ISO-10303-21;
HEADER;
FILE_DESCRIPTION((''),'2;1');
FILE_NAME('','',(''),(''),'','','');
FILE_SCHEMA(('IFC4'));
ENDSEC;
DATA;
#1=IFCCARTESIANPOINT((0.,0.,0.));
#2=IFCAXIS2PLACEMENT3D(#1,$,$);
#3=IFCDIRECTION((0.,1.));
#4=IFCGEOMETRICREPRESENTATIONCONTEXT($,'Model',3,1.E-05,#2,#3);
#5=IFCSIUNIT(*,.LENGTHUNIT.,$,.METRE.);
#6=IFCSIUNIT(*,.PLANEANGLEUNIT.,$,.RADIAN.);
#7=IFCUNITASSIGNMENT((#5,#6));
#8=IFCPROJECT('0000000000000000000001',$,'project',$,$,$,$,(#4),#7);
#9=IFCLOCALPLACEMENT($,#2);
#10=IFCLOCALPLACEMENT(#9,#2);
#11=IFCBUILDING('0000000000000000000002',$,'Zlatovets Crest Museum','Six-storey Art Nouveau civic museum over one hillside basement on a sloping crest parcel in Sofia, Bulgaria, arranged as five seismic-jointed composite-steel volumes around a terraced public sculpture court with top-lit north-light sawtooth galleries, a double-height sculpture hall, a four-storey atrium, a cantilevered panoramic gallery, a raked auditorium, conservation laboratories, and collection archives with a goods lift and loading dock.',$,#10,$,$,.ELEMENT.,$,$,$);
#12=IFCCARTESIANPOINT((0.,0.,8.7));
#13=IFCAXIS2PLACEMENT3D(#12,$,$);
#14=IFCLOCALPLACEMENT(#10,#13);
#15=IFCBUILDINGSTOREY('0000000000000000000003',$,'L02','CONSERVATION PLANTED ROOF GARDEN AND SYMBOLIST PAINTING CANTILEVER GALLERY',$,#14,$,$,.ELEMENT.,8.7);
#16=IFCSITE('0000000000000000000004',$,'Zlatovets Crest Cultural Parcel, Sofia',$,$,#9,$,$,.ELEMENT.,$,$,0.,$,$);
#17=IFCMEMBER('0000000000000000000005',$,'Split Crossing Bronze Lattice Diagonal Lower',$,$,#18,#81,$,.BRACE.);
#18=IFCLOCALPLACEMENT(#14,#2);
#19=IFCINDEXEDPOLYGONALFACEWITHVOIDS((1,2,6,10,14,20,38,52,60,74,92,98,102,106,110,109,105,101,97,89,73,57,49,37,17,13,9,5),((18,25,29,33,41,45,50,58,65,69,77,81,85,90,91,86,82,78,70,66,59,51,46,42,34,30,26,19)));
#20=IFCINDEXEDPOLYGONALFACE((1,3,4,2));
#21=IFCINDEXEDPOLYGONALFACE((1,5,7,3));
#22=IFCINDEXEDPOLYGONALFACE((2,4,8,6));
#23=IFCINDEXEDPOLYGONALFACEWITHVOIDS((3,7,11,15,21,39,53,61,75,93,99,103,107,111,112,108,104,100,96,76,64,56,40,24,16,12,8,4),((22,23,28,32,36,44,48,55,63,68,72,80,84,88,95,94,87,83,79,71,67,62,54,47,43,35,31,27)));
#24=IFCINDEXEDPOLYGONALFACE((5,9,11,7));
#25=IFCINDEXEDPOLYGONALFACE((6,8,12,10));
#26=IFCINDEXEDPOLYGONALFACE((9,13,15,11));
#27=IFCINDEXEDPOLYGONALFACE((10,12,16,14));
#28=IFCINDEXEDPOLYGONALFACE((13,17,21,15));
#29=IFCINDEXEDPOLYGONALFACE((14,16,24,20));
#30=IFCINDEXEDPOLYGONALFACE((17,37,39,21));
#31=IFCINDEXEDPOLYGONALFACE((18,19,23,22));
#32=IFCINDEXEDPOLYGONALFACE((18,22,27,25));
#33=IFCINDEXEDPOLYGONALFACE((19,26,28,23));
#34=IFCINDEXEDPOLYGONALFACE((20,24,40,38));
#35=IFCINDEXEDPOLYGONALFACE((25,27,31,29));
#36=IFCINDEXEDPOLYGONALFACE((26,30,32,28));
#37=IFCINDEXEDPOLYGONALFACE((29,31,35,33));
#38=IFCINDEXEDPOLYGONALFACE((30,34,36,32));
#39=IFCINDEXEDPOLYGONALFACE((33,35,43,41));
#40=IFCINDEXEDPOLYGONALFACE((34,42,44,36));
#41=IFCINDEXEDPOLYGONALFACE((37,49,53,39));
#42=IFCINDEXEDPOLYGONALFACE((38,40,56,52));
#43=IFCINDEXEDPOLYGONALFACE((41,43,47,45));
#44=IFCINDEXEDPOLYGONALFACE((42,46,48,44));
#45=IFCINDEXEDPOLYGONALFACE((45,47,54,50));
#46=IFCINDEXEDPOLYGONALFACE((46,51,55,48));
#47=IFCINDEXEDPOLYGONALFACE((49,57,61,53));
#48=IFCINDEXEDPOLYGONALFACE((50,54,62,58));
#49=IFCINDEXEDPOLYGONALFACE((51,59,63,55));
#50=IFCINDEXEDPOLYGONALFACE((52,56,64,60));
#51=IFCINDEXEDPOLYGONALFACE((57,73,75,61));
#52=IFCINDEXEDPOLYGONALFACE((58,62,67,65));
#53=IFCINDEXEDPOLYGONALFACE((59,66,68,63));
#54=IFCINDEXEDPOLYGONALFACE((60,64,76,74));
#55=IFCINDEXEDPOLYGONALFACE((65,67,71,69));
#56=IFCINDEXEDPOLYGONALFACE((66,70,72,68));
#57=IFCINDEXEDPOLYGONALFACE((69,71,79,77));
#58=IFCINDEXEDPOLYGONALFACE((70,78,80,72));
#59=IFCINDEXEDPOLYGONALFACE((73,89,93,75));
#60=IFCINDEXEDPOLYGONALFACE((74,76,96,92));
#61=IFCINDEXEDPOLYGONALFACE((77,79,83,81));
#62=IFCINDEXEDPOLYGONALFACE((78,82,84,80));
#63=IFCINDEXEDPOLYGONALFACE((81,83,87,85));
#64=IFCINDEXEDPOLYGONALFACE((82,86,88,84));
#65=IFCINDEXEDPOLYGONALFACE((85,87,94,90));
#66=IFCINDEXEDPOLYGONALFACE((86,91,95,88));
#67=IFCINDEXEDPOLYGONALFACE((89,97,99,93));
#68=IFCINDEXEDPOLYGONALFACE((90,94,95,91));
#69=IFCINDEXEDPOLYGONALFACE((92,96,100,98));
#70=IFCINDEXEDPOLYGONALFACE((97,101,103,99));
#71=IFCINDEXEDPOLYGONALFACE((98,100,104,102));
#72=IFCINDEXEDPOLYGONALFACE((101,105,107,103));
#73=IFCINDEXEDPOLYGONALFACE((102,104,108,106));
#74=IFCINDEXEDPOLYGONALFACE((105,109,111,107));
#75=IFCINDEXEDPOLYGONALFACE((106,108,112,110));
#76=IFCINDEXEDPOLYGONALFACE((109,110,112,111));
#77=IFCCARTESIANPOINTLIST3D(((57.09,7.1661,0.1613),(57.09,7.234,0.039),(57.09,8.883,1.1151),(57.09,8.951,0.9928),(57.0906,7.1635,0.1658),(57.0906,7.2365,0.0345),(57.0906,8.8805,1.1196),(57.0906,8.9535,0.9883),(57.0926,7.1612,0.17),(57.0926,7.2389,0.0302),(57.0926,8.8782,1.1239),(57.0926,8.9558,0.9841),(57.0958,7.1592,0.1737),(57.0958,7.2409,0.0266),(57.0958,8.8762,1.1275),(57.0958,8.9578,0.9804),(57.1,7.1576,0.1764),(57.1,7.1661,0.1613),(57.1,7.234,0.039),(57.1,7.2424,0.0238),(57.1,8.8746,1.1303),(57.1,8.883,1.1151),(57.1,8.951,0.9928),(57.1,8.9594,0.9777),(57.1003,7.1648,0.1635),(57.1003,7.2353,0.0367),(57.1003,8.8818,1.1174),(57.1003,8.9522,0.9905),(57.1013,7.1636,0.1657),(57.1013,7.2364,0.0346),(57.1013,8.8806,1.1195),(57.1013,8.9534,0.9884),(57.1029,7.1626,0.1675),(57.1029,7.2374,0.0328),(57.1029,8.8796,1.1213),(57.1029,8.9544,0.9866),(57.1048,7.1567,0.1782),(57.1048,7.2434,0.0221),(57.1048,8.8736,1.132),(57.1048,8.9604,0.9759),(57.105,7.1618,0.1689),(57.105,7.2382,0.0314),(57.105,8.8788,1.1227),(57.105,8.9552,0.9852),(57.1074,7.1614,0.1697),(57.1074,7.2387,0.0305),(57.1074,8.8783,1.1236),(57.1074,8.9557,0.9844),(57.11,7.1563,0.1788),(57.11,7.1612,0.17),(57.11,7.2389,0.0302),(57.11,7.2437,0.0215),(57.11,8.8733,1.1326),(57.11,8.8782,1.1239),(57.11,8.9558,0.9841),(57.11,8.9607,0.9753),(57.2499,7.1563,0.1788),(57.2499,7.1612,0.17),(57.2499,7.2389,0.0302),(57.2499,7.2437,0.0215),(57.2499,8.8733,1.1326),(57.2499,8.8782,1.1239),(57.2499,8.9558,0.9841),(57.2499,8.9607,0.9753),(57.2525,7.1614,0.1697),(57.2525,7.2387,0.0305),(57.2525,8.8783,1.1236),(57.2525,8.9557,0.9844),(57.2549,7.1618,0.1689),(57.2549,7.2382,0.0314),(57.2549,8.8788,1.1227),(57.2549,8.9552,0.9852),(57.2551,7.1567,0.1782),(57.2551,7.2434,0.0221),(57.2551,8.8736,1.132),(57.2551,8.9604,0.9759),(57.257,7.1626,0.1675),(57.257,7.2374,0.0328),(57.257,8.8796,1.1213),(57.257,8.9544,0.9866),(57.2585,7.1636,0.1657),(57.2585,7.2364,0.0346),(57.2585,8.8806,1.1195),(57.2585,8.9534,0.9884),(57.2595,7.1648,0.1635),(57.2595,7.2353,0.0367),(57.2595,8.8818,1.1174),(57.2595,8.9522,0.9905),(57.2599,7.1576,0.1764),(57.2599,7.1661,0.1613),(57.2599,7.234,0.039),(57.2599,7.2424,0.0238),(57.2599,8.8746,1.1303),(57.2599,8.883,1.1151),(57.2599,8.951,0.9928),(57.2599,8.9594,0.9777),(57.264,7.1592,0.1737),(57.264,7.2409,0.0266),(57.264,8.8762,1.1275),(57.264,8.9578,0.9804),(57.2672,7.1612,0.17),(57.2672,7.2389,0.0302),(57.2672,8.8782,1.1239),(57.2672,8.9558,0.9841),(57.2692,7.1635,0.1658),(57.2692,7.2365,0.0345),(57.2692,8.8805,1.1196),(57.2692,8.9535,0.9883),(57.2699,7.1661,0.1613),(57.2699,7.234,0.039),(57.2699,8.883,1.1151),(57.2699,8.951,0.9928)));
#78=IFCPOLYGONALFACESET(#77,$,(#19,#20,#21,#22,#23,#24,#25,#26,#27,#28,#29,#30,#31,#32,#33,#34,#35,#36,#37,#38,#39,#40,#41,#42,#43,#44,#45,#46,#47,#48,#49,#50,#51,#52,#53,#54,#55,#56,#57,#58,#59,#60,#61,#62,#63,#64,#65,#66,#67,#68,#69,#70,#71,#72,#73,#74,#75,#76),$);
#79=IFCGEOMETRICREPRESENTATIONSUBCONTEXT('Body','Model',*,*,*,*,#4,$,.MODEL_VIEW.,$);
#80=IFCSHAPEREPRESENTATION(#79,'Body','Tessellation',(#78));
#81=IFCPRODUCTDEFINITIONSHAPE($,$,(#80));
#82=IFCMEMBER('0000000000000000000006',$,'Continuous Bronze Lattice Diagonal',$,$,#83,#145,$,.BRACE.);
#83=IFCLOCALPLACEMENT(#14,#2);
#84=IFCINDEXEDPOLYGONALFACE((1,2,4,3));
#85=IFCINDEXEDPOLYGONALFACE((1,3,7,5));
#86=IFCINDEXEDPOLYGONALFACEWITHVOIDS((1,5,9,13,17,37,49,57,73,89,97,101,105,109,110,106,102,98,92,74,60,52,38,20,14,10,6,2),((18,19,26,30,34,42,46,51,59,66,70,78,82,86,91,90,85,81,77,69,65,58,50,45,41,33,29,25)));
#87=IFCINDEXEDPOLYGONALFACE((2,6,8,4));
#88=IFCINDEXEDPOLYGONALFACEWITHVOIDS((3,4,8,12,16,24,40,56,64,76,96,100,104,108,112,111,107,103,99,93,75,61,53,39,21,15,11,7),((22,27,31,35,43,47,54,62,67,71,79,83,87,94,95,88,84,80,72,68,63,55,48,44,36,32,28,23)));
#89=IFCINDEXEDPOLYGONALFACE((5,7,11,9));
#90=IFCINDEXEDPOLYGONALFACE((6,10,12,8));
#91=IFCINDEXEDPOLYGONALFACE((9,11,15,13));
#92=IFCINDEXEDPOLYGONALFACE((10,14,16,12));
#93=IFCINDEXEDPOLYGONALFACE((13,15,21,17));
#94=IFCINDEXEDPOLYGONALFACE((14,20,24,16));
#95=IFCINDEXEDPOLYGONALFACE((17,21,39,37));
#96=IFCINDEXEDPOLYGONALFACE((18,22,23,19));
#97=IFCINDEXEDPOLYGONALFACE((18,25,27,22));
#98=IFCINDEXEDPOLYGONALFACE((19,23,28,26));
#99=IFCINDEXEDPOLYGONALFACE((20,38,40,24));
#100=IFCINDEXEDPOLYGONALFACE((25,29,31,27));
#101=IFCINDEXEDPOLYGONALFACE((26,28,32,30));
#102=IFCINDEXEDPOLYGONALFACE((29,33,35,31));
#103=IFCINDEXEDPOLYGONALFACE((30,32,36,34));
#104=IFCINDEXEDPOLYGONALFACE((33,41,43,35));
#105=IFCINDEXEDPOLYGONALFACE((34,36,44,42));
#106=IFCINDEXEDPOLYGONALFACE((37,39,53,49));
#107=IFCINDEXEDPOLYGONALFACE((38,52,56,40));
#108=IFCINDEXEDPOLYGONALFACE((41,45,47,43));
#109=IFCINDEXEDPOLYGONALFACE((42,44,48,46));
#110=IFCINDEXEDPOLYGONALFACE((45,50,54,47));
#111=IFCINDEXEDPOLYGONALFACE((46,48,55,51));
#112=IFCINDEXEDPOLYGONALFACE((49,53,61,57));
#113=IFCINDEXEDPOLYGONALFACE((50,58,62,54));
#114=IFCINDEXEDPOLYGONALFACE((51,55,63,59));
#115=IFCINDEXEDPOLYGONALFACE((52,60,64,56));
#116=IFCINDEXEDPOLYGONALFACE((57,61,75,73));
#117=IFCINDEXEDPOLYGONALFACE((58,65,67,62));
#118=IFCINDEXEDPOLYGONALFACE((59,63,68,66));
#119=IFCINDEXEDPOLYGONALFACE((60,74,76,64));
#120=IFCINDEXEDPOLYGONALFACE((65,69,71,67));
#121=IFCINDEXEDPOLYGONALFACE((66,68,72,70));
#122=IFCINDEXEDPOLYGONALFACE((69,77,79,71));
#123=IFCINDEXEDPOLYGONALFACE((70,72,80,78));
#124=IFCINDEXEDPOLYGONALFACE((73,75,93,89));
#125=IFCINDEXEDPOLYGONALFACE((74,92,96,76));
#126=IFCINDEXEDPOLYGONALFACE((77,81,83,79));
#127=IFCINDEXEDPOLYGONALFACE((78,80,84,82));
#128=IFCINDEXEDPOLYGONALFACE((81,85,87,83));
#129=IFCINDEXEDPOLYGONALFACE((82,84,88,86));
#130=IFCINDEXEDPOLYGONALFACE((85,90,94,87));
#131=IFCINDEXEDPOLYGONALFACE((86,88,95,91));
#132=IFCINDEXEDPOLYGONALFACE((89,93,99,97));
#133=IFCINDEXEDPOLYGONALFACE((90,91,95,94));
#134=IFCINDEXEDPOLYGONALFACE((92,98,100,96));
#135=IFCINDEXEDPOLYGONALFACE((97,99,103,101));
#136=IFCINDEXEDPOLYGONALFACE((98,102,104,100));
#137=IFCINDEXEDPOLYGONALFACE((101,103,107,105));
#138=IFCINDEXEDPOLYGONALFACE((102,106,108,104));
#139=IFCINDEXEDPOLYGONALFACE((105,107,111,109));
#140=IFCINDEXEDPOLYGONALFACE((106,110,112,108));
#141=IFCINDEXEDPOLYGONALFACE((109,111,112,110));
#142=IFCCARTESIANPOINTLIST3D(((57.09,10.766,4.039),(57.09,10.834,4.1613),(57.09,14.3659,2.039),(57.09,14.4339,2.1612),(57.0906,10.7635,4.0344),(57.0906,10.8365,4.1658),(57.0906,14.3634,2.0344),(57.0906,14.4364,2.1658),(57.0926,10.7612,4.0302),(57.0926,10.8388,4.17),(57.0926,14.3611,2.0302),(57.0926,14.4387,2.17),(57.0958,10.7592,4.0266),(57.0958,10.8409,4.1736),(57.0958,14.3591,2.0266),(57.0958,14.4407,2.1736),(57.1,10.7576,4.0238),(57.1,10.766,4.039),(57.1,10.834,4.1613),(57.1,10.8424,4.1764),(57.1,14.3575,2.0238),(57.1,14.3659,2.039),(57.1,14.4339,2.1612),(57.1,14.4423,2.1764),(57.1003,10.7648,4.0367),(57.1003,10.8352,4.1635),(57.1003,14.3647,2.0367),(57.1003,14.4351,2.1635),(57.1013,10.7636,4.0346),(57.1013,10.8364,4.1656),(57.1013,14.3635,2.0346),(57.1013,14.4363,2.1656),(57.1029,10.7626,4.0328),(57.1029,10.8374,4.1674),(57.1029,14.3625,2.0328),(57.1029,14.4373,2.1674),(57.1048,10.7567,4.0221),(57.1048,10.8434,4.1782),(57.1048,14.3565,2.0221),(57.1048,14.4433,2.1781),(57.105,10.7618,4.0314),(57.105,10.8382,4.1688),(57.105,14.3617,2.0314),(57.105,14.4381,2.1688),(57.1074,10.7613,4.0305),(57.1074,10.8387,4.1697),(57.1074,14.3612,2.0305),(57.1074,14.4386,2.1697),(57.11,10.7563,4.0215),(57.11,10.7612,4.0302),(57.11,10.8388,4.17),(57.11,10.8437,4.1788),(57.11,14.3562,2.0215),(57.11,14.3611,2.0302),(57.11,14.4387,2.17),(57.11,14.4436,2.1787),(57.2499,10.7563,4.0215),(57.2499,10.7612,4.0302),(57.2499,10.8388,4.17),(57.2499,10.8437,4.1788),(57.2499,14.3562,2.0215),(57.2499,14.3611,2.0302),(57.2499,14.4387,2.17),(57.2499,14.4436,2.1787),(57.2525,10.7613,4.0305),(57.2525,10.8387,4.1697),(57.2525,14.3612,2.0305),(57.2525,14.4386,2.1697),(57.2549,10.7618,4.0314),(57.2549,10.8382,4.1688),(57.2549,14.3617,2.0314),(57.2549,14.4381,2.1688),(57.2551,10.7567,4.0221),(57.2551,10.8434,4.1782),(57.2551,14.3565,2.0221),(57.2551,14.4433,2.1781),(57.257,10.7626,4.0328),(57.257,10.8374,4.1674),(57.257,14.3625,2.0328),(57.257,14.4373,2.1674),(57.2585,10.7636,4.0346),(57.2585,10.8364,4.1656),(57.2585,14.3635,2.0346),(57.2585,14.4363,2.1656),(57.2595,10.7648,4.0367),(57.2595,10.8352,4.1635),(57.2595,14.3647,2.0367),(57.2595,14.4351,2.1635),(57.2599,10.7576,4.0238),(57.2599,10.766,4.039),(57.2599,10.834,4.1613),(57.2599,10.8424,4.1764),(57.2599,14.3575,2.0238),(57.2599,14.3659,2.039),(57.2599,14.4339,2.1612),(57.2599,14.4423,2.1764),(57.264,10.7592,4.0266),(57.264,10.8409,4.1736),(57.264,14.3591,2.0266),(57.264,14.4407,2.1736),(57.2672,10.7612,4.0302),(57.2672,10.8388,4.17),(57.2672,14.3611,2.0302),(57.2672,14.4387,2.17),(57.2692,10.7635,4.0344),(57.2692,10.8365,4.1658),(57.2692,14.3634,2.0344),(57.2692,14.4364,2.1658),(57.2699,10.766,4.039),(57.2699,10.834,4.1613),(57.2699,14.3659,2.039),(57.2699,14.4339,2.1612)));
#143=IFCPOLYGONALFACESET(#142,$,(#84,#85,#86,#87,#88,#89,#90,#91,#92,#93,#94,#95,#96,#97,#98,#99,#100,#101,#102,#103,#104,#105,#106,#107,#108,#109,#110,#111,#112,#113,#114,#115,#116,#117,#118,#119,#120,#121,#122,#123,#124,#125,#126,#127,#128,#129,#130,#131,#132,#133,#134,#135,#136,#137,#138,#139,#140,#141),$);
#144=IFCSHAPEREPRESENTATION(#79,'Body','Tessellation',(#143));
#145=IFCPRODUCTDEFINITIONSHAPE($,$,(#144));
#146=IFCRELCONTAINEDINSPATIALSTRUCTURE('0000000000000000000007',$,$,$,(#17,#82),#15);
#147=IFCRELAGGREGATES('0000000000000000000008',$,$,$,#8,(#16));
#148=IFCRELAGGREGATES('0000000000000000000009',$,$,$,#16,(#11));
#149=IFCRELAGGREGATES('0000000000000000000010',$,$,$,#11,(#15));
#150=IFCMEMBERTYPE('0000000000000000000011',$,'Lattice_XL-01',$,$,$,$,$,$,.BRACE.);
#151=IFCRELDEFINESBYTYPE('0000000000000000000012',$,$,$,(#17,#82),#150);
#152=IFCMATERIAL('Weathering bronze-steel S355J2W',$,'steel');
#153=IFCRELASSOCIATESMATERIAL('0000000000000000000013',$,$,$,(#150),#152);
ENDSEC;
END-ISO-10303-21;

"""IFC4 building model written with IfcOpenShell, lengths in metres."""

from ifc_helpers import new_model, si_unit, direction, frame, origin, origin_2d, place, context, subcontext, project, spatial, hollow_rectangle, extrude, material, material_profile, profile_set, type_object, element, save


model = new_model("IFC4")

# Units and contexts
model_context = context("Model", 3, precision=1e-05, world=origin(), true_north=direction((0.0, 1.0)))
body_context = subcontext(model_context, "Body", "Model", "MODEL_VIEW")
ifc_project = project(units=[si_unit("LENGTHUNIT", "METRE"), si_unit("PLANEANGLEUNIT", "RADIAN")], contexts=[model_context])

# Site, building, storey
site_placement = place(None, origin())
site = spatial("IfcSite", under=ifc_project, at=site_placement, Name="Zlatovets Crest Cultural Parcel, Sofia", CompositionType="ELEMENT", RefElevation=0.0)
building_placement = place(site_placement, origin())
building = spatial("IfcBuilding", under=site, at=building_placement, Name="Zlatovets Crest Museum", Description="Six-storey Art Nouveau civic museum over one hillside basement on a sloping crest parcel in Sofia, Bulgaria, arranged as five seismic-jointed composite-steel volumes around a terraced public sculpture court with top-lit north-light sawtooth galleries, a double-height sculpture hall, a four-storey atrium, a cantilevered panoramic gallery, a raked auditorium, conservation laboratories, and collection archives with a goods lift and loading dock.", CompositionType="ELEMENT")
storey_placement = place(building_placement, frame((0.0, 0.0, 8.7)))
storey = spatial("IfcBuildingStorey", under=building, at=storey_placement, Name="L02", Description="CONSERVATION PLANTED ROOF GARDEN AND SYMBOLIST PAINTING CANTILEVER GALLERY", CompositionType="ELEMENT", Elevation=8.7)

# Members
ifc_material_1 = material(Name="Weathering bronze-steel S355J2W", Category="steel")
ifc_material_profile_1 = material_profile(ifc_material_1, hollow_rectangle(XDim=0.1799, YDim=0.1799, WallThickness=0.01, InnerFilletRadius=0.01, OuterFilletRadius=0.02, at=origin_2d()), Name="SHS 180x180x10.0")
ifc_profile_set_1 = profile_set([ifc_material_profile_1], Name="Weathering bronze-steel S355J2W")
member_type_1 = type_object("IfcMemberType", Name="Lattice_XL-01", PredefinedType="BRACE", material=ifc_profile_set_1)
for number, where, z_axis, x_axis, name in (
    (1, (57.1799, 8.917, 1.054), (0.0, -0.874169, -0.485622), (1.0, 0.0, 0.0), "Split Crossing Bronze Lattice Diagonal Lower"),
):
    element("IfcMember", number, at=place(storey_placement, frame(where, z_axis=z_axis, x_axis=x_axis)), inside=storey, type_object=member_type_1, Name=name, PredefinedType="BRACE", context=body_context, shape_type="SweptSolid", body=[
        extrude(hollow_rectangle(XDim=0.1799, YDim=0.1799, WallThickness=0.01, InnerFilletRadius=0.01, OuterFilletRadius=0.02, at=origin_2d()), origin(), (0.0, 0.0, 1.0), 1.9641),
    ])
member_1_placement = place(storey_placement, frame((57.1799, 14.3999, 2.1001), z_axis=(0.0, -0.874149, 0.485658), x_axis=(1.0, 0.0, 0.0)))
element("IfcMember", 2, at=member_1_placement, inside=storey, type_object=member_type_1, Name="Continuous Bronze Lattice Diagonal", PredefinedType="BRACE", context=body_context, shape_type="SweptSolid", body=[
    extrude(hollow_rectangle(XDim=0.1799, YDim=0.1799, WallThickness=0.01, InnerFilletRadius=0.01, OuterFilletRadius=0.02, at=origin_2d()), origin(), (0.0, 0.0, 1.0), 4.1182),
])

save(model, "model.ifc")
